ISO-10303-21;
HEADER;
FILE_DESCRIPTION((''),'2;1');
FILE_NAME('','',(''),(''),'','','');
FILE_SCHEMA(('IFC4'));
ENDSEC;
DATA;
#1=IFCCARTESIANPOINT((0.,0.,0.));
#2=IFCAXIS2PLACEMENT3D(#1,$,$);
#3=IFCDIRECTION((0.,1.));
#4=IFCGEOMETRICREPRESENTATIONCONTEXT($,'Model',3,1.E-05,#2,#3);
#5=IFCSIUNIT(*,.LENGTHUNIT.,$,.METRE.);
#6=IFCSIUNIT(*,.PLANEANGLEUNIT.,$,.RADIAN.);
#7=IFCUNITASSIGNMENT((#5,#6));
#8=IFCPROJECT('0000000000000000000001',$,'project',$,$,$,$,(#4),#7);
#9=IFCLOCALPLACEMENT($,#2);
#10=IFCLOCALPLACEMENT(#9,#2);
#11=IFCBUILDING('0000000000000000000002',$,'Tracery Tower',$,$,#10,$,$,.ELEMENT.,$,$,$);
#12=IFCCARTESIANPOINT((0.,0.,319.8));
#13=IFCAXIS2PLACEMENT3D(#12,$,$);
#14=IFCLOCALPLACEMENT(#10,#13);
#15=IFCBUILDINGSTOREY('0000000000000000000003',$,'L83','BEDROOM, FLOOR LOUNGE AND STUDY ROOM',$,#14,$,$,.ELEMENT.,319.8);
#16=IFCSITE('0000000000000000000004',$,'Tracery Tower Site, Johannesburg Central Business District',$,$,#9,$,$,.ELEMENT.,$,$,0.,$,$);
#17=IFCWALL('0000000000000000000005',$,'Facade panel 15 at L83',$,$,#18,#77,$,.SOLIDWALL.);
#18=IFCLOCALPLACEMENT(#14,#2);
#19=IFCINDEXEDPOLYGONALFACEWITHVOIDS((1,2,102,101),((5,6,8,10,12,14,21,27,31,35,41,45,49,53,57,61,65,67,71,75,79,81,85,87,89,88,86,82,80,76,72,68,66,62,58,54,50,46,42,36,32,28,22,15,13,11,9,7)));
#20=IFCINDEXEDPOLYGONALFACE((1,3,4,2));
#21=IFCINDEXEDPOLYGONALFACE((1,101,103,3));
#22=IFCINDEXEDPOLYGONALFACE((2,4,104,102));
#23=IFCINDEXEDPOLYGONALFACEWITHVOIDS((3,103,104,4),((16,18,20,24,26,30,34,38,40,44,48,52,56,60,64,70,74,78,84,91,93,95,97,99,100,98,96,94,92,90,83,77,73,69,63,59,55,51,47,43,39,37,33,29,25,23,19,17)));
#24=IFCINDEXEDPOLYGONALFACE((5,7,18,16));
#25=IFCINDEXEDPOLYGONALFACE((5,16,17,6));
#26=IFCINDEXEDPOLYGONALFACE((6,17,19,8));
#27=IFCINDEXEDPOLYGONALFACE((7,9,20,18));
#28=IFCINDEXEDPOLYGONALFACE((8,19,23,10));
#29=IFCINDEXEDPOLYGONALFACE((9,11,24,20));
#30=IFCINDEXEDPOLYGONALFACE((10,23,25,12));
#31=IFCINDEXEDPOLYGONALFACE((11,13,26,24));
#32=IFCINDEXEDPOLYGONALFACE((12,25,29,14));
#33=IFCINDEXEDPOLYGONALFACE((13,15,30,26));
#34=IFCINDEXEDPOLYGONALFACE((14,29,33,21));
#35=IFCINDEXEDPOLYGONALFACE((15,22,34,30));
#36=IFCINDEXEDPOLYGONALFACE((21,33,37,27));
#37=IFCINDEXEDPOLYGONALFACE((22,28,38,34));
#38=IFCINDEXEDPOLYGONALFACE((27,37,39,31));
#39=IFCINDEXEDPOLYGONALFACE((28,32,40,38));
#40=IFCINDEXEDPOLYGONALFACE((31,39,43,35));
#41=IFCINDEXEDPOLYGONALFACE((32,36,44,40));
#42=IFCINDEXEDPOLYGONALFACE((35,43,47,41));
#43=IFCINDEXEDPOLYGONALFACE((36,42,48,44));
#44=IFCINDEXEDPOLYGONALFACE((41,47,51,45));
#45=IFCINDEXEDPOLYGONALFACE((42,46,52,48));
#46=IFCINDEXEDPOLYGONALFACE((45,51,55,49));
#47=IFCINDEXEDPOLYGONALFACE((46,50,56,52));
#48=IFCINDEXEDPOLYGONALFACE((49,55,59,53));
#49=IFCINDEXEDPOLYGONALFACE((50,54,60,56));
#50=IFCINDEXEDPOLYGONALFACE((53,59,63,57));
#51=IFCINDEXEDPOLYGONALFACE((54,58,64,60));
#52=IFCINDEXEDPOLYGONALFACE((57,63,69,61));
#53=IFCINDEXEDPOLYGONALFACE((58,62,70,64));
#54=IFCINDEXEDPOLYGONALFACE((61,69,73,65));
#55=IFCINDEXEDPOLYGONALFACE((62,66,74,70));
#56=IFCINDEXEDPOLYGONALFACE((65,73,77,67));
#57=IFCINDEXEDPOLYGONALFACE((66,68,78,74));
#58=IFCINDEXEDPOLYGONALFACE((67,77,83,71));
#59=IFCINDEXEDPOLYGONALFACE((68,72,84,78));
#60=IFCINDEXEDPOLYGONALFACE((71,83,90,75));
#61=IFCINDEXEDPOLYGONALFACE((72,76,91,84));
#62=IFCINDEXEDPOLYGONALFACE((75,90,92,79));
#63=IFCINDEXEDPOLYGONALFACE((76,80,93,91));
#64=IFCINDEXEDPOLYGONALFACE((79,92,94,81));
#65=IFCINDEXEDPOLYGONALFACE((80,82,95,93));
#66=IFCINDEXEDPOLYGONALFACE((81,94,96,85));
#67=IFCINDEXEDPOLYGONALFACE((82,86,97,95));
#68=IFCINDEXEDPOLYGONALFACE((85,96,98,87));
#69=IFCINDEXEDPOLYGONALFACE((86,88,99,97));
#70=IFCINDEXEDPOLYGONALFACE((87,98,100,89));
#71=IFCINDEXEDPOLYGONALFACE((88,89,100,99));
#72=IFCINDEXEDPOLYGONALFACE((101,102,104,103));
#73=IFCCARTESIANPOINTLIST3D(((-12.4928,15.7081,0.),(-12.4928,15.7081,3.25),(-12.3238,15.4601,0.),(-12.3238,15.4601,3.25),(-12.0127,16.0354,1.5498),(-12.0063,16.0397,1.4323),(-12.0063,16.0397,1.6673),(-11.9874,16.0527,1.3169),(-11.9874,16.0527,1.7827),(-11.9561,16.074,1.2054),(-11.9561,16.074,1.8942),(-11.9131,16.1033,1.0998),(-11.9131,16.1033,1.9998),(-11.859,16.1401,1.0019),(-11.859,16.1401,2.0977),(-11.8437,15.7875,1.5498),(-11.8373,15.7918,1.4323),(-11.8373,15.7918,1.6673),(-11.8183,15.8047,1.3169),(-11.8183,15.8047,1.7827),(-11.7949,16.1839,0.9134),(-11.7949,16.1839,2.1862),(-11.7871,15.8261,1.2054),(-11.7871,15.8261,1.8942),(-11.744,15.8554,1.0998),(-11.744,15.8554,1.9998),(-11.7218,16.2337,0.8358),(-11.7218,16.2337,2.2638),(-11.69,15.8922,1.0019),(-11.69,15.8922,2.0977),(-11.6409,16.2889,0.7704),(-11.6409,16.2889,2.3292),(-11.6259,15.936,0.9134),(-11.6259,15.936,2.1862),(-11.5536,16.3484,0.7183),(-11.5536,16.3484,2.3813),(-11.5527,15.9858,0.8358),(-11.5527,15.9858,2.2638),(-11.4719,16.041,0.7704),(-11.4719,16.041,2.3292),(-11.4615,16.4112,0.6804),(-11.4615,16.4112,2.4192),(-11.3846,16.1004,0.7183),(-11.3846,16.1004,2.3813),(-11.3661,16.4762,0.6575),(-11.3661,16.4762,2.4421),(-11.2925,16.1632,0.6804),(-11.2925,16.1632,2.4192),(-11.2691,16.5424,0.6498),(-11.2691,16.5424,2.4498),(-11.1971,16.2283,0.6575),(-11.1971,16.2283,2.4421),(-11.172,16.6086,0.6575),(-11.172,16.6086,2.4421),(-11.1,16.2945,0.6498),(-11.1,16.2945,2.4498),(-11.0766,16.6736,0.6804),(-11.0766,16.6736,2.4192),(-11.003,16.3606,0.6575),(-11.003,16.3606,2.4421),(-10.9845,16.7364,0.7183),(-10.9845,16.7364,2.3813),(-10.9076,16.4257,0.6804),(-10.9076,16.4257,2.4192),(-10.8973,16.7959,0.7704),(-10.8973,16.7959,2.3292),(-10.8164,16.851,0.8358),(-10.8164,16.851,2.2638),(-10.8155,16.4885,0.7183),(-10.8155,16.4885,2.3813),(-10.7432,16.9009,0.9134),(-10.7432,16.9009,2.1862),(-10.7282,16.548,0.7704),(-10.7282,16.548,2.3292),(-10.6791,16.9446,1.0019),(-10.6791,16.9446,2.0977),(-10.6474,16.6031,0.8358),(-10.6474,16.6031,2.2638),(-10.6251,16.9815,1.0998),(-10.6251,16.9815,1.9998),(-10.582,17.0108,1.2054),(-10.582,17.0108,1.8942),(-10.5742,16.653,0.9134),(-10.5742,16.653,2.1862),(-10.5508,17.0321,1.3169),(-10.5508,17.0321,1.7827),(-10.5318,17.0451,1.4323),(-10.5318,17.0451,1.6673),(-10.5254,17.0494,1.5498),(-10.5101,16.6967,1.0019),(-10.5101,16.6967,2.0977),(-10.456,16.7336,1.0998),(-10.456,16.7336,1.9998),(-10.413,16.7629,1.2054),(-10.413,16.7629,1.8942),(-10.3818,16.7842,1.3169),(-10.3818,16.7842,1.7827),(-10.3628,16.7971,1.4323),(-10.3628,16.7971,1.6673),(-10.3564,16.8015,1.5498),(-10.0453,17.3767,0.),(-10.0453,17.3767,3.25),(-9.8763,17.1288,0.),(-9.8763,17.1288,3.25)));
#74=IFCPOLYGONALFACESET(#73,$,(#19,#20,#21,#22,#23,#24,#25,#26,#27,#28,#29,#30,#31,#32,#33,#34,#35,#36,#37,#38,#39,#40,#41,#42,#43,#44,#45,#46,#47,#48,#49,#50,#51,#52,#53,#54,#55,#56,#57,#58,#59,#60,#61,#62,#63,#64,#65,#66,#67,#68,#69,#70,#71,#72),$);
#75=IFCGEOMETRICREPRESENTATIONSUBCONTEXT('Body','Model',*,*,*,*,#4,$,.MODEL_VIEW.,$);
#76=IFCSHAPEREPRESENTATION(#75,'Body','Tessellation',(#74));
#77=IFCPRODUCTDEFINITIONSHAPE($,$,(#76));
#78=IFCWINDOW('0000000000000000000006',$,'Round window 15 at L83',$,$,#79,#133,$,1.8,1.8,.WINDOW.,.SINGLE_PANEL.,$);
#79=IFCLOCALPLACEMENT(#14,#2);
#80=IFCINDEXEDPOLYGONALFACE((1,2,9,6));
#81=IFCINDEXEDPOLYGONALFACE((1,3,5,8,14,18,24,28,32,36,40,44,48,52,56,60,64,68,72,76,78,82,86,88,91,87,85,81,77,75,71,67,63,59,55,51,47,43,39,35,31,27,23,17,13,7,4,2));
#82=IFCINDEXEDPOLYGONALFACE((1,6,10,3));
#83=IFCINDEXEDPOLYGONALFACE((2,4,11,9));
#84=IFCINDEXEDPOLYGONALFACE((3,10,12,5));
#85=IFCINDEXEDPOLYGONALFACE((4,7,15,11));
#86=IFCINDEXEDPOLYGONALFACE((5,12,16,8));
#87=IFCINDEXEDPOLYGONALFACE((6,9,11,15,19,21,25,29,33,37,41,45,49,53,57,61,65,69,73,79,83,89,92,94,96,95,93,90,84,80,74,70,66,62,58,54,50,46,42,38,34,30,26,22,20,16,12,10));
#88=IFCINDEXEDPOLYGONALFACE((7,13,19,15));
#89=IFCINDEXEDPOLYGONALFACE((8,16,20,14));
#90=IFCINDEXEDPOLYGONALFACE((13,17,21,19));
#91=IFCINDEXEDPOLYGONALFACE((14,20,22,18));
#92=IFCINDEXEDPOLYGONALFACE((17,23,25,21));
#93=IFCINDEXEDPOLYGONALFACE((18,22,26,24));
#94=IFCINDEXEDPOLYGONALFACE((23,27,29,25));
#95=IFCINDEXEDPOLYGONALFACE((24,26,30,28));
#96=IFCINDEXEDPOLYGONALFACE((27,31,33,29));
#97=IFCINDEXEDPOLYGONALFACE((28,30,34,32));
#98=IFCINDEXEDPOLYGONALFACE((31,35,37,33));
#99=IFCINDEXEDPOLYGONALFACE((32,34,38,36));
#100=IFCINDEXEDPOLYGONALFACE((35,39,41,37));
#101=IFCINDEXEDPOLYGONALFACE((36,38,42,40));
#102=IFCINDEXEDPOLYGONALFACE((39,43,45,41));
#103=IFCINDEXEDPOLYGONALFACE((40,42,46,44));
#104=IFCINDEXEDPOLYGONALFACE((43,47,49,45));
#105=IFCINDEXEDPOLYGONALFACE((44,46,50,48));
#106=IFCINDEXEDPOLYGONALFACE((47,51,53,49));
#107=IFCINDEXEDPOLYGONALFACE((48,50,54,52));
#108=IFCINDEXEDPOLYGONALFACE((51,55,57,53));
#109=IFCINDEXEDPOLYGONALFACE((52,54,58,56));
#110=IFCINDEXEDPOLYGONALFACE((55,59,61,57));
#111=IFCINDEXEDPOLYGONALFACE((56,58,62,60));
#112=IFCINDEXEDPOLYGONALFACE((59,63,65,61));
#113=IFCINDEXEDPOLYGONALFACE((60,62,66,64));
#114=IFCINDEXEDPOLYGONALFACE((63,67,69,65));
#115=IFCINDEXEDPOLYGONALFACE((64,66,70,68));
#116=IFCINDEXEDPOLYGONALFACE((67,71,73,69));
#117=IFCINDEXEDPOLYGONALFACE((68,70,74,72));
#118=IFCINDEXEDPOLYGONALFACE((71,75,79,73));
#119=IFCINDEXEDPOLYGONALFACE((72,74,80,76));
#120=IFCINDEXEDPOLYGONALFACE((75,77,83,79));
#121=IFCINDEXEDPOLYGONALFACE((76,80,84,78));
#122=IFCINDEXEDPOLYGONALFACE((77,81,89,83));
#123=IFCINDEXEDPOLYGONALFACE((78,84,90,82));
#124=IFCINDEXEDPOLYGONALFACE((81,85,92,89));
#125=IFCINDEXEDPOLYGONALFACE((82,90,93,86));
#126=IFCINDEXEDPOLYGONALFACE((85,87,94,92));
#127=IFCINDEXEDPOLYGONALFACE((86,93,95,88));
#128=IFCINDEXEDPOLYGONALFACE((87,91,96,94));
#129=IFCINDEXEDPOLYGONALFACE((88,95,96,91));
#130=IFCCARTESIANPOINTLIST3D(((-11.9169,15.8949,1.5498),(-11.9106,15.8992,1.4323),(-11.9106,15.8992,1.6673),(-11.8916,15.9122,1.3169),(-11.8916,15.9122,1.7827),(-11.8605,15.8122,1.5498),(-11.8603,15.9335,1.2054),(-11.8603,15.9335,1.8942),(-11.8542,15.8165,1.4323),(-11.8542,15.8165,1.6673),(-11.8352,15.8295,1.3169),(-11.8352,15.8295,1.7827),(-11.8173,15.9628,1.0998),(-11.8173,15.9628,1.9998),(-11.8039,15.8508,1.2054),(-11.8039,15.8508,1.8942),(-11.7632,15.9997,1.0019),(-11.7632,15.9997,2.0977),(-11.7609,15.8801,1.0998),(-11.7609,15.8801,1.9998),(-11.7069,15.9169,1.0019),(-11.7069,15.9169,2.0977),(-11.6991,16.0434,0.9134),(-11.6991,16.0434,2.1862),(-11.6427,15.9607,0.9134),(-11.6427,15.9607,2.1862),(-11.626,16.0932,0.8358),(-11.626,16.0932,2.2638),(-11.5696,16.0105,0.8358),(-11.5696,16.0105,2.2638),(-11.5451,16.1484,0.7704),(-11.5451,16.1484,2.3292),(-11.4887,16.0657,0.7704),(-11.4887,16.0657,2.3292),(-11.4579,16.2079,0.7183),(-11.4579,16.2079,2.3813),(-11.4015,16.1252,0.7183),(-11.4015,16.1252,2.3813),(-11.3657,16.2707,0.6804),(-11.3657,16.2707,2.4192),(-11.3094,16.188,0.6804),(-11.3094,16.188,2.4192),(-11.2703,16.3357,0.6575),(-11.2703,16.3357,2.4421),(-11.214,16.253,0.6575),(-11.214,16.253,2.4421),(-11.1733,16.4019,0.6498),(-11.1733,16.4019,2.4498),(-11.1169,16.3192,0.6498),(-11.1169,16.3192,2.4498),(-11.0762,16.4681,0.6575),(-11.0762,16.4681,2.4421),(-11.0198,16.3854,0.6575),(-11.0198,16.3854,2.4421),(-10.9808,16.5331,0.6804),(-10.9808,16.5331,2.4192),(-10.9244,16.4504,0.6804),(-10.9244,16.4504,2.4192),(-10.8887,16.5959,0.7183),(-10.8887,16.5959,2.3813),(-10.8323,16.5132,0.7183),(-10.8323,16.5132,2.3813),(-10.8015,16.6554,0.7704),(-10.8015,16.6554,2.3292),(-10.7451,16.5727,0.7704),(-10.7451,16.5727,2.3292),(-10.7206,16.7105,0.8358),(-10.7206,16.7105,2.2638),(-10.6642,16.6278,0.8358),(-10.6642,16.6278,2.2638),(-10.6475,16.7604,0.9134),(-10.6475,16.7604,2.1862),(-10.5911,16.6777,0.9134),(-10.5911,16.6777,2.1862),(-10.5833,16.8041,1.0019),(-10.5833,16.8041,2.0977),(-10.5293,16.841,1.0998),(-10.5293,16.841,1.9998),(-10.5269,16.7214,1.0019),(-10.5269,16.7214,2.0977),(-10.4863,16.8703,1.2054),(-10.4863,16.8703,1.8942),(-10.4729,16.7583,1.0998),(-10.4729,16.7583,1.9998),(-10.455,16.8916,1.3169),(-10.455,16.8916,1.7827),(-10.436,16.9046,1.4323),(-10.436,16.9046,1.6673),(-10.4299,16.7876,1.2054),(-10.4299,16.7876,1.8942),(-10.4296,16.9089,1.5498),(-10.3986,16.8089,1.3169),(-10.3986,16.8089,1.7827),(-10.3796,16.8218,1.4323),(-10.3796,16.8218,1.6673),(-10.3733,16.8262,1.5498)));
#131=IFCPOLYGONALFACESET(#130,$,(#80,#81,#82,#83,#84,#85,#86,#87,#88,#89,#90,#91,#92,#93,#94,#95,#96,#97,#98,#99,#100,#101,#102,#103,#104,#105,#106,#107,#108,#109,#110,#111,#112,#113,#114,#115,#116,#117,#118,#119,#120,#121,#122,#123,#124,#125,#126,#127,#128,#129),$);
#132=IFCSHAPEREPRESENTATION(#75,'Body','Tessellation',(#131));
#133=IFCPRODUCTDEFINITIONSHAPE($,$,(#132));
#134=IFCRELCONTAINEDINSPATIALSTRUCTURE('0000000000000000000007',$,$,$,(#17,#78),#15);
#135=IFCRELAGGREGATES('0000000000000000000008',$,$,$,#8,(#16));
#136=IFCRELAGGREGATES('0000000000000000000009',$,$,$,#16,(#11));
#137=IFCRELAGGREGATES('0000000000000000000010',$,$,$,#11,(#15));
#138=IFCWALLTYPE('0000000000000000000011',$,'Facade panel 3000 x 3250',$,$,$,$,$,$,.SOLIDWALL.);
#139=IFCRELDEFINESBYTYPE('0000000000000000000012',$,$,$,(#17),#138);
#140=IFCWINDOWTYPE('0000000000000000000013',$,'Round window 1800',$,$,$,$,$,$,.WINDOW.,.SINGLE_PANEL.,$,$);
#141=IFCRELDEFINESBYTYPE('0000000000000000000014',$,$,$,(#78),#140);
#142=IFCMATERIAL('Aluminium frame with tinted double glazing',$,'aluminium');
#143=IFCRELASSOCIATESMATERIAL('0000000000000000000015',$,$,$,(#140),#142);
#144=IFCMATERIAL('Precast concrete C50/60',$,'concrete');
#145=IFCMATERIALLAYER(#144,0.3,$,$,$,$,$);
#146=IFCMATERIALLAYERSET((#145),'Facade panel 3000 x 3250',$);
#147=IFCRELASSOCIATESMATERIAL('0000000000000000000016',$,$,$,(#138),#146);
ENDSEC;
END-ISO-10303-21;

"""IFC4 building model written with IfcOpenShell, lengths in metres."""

from ifc_helpers import new_model, si_unit, direction, frame, frame_2d, origin, origin_2d, place, context, subcontext, project, spatial, rectangle, circle, extrude, material, layer, layer_set, type_object, element, fill, save


model = new_model("IFC4")

# Units and contexts
model_context = context("Model", 3, precision=1e-05, world=origin(), true_north=direction((0.0, 1.0)))
body_context = subcontext(model_context, "Body", "Model", "MODEL_VIEW")
ifc_project = project(units=[si_unit("LENGTHUNIT", "METRE"), si_unit("PLANEANGLEUNIT", "RADIAN")], contexts=[model_context])

# Site, building, storey
site_placement = place(None, origin())
site = spatial("IfcSite", under=ifc_project, at=site_placement, Name="Tracery Tower Site, Johannesburg Central Business District", CompositionType="ELEMENT", RefElevation=0.0)
building_placement = place(site_placement, origin())
building = spatial("IfcBuilding", under=site, at=building_placement, Name="Tracery Tower", CompositionType="ELEMENT")
storey_placement = place(building_placement, frame((0.0, 0.0, 319.8)))
storey = spatial("IfcBuildingStorey", under=building, at=storey_placement, Name="L83", Description="BEDROOM, FLOOR LOUNGE AND STUDY ROOM", CompositionType="ELEMENT", Elevation=319.8)

# Wall, opening, window
ifc_material_1 = material(Name="Aluminium frame with tinted double glazing", Category="aluminium")
window_type = type_object("IfcWindowType", Name="Round window 1800", PartitioningType="SINGLE_PANEL", PredefinedType="WINDOW", material=ifc_material_1)
ifc_material_2 = material(Name="Precast concrete C50/60", Category="concrete")
ifc_layer_1 = layer(ifc_material_2, 0.3)
ifc_layer_set_1 = layer_set([ifc_layer_1], Name="Facade panel 3000 x 3250")
wall_type_1 = type_object("IfcWallType", Name="Facade panel 3000 x 3250", PredefinedType="SOLIDWALL", material=ifc_layer_set_1)
wall_1_placement = place(storey_placement, frame((-9.9609, 17.2527, 0.0), z_axis=(0.0, 0.0, 1.0), x_axis=(-0.826236, -0.563324, 0.0)))
wall_1 = element("IfcWall", 1, at=wall_1_placement, inside=storey, type_object=wall_type_1, Name="Facade panel 15 at L83", PredefinedType="SOLIDWALL", context=body_context, shape_type="SweptSolid", body=[
    extrude(rectangle(XDim=2.9622, YDim=0.3, at=frame_2d((1.481, 0.0))), origin(), (0.0, 0.0, 1.0), 3.25),
])
opening_1_placement = place(wall_1_placement, frame((1.481, 0.0, 1.5498)))
opening_1 = element("IfcOpeningElement", 2, at=opening_1_placement, cuts=wall_1, PredefinedType="OPENING", context=body_context, shape_type="SweptSolid", body=[
    extrude(circle(Radius=0.9, at=origin_2d()), frame((0.0, 0.1599, 0.0), z_axis=(0.0, -1.0, 0.0), x_axis=(1.0, 0.0, 0.0)), (0.0, 0.0, 1.0), 0.3201),
])
window_1_placement = place(opening_1_placement, origin())
window_1 = element("IfcWindow", 3, at=window_1_placement, inside=storey, type_object=window_type, Name="Round window 15 at L83", OverallHeight=1.8, OverallWidth=1.8, PartitioningType="SINGLE_PANEL", PredefinedType="WINDOW", context=body_context, shape_type="SweptSolid", body=[
    extrude(circle(Radius=0.9, at=origin_2d()), frame((0.0, 0.1201, 0.0), z_axis=(0.0, -1.0, 0.0), x_axis=(1.0, 0.0, 0.0)), (0.0, 0.0, 1.0), 0.1001),
])
fill(opening_1, window_1)

save(model, "model.ifc")
